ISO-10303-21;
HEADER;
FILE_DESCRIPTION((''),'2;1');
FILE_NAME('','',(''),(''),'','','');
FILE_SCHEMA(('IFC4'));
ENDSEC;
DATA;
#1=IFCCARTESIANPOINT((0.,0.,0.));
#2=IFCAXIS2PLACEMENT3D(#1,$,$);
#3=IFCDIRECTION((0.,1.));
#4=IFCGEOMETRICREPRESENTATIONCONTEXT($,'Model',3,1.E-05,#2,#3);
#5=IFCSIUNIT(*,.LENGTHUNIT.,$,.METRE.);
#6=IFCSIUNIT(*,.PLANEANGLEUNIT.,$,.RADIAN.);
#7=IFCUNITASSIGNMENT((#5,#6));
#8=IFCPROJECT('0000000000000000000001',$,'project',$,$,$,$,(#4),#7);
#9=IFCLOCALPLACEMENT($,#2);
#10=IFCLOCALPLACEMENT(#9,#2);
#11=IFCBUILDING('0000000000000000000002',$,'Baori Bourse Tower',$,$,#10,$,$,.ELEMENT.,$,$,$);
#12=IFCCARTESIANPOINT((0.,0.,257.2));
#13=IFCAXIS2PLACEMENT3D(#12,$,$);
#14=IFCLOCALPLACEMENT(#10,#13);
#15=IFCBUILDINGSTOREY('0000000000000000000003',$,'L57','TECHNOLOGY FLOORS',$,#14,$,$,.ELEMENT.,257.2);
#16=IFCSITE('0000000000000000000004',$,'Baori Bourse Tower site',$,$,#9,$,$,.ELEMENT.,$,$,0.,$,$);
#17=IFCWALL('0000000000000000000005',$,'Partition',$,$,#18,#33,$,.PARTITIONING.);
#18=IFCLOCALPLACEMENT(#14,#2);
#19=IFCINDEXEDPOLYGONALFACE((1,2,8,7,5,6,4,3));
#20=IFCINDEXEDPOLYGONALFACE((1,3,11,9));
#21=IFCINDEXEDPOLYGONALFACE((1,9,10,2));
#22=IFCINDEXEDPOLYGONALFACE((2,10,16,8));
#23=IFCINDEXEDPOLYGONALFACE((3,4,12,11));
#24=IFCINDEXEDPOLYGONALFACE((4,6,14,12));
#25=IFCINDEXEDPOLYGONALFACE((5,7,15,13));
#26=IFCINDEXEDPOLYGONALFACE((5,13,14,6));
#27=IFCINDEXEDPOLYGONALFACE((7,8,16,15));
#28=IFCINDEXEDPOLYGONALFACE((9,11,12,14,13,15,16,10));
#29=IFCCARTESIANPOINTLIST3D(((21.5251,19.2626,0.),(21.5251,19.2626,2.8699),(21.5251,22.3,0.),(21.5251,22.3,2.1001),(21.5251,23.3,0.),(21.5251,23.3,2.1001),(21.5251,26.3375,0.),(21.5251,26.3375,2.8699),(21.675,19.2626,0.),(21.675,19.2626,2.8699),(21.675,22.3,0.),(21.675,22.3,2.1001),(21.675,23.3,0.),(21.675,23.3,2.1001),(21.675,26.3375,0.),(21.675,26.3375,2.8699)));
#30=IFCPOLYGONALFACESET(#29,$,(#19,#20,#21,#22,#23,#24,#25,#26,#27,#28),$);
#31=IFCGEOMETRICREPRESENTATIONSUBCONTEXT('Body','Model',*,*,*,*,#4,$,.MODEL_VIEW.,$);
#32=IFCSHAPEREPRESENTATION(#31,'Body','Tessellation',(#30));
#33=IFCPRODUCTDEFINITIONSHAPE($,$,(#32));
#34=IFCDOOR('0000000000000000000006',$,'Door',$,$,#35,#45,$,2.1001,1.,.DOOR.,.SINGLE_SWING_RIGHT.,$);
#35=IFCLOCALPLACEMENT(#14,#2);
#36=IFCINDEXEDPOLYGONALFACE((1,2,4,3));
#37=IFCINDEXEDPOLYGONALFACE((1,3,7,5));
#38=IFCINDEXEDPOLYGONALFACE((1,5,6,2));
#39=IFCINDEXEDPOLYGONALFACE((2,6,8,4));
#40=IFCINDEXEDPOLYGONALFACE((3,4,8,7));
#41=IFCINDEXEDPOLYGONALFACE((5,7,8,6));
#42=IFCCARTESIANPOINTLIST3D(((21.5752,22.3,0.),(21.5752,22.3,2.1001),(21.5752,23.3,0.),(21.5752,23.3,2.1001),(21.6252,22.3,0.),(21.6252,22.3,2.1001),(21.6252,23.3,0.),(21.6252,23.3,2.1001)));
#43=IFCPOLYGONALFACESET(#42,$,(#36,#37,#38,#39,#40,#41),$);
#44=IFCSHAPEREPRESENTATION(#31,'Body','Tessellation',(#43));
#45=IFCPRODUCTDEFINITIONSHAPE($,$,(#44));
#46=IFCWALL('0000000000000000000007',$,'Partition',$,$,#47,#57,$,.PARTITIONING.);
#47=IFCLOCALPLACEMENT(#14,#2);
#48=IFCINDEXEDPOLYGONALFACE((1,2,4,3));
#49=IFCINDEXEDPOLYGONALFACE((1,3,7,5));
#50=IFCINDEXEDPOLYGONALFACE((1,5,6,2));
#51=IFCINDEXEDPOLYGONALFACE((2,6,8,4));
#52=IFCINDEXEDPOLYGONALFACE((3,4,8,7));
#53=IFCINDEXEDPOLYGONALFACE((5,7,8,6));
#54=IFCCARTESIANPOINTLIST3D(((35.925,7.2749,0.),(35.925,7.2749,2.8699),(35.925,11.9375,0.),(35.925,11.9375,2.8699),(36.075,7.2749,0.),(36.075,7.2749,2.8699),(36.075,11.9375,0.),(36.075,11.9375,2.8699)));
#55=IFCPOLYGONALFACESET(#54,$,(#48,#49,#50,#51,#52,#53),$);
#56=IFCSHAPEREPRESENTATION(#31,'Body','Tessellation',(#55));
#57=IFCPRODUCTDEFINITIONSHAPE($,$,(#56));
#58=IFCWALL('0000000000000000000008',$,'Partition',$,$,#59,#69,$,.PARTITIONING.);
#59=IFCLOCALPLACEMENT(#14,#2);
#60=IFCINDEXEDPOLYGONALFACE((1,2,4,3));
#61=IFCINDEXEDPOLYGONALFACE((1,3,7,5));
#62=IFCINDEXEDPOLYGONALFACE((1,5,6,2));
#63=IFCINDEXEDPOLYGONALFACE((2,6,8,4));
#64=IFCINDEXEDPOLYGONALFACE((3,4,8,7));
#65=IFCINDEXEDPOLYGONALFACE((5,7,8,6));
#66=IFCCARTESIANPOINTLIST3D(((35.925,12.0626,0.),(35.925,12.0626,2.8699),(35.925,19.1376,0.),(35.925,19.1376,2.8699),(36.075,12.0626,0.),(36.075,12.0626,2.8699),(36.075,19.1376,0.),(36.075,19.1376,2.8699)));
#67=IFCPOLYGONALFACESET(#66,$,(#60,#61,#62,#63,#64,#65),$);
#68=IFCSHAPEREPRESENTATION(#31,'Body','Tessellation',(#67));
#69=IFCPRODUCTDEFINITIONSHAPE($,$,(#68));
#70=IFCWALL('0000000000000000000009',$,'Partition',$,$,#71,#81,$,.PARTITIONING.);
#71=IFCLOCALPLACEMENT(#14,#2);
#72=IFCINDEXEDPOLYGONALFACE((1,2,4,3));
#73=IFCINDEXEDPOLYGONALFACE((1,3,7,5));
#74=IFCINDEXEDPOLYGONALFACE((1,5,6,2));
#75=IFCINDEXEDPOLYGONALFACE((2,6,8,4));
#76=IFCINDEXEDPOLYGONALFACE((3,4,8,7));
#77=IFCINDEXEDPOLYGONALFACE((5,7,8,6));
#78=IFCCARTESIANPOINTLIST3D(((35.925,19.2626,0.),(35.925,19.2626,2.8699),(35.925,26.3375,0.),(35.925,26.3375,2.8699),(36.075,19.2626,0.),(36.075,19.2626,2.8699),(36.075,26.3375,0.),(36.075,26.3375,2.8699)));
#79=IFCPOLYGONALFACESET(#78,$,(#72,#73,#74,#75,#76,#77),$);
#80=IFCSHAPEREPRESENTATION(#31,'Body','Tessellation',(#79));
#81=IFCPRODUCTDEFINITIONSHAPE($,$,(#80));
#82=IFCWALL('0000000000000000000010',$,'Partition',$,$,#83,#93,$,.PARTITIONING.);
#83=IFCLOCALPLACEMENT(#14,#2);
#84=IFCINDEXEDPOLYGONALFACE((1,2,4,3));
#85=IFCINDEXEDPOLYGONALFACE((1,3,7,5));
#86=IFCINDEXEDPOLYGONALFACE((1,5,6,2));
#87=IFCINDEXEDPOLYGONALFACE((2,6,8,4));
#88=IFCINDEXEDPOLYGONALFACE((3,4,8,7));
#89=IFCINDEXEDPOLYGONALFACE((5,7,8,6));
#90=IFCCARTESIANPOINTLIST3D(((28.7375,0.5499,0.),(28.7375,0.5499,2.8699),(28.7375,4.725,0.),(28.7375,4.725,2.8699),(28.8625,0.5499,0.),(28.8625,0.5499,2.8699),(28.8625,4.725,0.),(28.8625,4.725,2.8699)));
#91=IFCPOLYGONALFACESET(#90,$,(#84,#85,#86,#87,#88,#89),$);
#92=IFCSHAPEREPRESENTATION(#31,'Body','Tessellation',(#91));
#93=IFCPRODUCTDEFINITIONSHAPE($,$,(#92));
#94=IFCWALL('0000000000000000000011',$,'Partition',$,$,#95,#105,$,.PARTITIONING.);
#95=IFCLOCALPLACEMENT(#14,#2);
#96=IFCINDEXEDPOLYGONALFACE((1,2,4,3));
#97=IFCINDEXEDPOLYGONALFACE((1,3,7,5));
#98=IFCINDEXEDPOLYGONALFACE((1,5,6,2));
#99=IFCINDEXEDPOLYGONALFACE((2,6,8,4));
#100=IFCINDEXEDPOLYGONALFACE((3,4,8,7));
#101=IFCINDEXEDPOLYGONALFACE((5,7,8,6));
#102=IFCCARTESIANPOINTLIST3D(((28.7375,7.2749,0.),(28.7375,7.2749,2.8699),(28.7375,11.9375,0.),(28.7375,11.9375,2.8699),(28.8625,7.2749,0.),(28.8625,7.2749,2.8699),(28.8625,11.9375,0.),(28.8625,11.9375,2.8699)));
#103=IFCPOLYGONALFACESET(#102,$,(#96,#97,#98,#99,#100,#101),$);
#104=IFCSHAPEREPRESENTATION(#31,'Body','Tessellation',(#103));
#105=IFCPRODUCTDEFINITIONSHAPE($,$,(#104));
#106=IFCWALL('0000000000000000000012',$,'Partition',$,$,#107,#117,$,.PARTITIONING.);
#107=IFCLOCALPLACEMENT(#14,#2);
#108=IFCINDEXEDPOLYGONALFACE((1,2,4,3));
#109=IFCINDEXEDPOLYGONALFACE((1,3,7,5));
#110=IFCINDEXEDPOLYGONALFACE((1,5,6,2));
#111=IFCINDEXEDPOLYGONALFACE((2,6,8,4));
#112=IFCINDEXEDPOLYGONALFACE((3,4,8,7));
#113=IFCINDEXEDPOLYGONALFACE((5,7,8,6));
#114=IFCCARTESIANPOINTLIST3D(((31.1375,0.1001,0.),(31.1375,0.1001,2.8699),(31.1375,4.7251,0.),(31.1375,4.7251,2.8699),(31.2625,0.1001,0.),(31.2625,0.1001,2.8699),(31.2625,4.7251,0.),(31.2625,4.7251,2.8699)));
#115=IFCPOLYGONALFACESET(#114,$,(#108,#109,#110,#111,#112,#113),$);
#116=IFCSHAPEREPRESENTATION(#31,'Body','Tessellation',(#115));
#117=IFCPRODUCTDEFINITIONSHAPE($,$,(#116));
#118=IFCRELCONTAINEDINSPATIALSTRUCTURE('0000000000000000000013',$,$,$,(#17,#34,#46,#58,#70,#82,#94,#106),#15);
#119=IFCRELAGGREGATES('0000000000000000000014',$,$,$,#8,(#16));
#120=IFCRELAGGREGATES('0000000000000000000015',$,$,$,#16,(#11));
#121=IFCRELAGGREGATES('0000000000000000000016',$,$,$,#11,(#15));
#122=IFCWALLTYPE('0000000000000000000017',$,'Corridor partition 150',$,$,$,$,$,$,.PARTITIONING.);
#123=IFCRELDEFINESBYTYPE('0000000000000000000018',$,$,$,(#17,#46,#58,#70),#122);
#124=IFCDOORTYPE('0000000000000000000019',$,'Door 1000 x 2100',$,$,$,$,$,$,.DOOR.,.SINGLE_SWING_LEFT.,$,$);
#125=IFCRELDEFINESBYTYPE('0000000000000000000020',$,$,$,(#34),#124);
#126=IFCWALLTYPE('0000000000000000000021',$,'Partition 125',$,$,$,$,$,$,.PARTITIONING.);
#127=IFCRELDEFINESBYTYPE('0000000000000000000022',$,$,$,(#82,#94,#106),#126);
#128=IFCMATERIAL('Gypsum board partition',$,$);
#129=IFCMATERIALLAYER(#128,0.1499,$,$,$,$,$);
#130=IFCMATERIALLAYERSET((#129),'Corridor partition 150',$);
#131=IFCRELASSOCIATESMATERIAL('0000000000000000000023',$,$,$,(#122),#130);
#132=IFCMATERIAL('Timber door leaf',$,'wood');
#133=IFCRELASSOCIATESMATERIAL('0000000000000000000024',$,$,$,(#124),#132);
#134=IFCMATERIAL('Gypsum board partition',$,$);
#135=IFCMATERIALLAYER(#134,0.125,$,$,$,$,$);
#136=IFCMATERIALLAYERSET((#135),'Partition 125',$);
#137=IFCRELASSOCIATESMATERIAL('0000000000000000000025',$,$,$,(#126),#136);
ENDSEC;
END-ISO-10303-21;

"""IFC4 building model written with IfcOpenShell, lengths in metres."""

from ifc_helpers import new_model, si_unit, direction, frame, frame_2d, origin, place, context, subcontext, project, spatial, rectangle, extrude, material, layer, layer_set, type_object, element, fill, save


model = new_model("IFC4")

# Units and contexts
model_context = context("Model", 3, precision=1e-05, world=origin(), true_north=direction((0.0, 1.0)))
body_context = subcontext(model_context, "Body", "Model", "MODEL_VIEW")
ifc_project = project(units=[si_unit("LENGTHUNIT", "METRE"), si_unit("PLANEANGLEUNIT", "RADIAN")], contexts=[model_context])

# Site, building, storey
site_placement = place(None, origin())
site = spatial("IfcSite", under=ifc_project, at=site_placement, Name="Baori Bourse Tower site", CompositionType="ELEMENT", RefElevation=0.0)
building_placement = place(site_placement, origin())
building = spatial("IfcBuilding", under=site, at=building_placement, Name="Baori Bourse Tower", CompositionType="ELEMENT")
storey_placement = place(building_placement, frame((0.0, 0.0, 257.2)))
storey = spatial("IfcBuildingStorey", under=building, at=storey_placement, Name="L57", Description="TECHNOLOGY FLOORS", CompositionType="ELEMENT", Elevation=257.2)

# Shared definitions
ifc_material_1 = material(Name="Gypsum board partition")
ifc_layer_1 = layer(ifc_material_1, 0.1499)
ifc_layer_set_1 = layer_set([ifc_layer_1], Name="Corridor partition 150")
wall_type_1 = type_object("IfcWallType", Name="Corridor partition 150", PredefinedType="PARTITIONING", material=ifc_layer_set_1)

# Wall, opening, door
ifc_material_2 = material(Name="Timber door leaf", Category="wood")
door_type = type_object("IfcDoorType", Name="Door 1000 x 2100", OperationType="SINGLE_SWING_LEFT", PredefinedType="DOOR", material=ifc_material_2)
wall_1_placement = place(storey_placement, frame((21.6001, 19.2625, 0.0), z_axis=(0.0, 0.0, 1.0), x_axis=(0.0, 1.0, 0.0)))
wall_1 = element("IfcWall", 1, at=wall_1_placement, inside=storey, type_object=wall_type_1, Name="Partition", PredefinedType="PARTITIONING", context=body_context, shape_type="SweptSolid", body=[
    extrude(rectangle(XDim=7.075, YDim=0.1499, at=frame_2d((3.5376, 0.0))), origin(), (0.0, 0.0, 1.0), 2.8699),
])
opening_1_placement = place(wall_1_placement, frame((3.0376, 0.0, 0.0)))
opening_1 = element("IfcOpeningElement", 2, at=opening_1_placement, cuts=wall_1, PredefinedType="OPENING", context=body_context, shape_type="SweptSolid", body=[
    extrude(rectangle(XDim=1.0, YDim=2.1001, at=frame_2d((0.5, 1.05))), frame((0.0, 0.085, 0.0), z_axis=(0.0, -1.0, 0.0), x_axis=(1.0, 0.0, 0.0)), (0.0, 0.0, 1.0), 0.1699),
])
door_1_placement = place(opening_1_placement, origin())
door_1 = element("IfcDoor", 3, at=door_1_placement, inside=storey, type_object=door_type, Name="Door", OperationType="SINGLE_SWING_RIGHT", OverallHeight=2.1001, OverallWidth=1.0, PredefinedType="DOOR", context=body_context, shape_type="SweptSolid", body=[
    extrude(rectangle(XDim=1.0, YDim=2.1001, at=frame_2d((0.5, 1.05))), frame((0.0, 0.0249, 0.0), z_axis=(0.0, -1.0, 0.0), x_axis=(1.0, 0.0, 0.0)), (0.0, 0.0, 1.0), 0.05),
])
fill(opening_1, door_1)

# Walls
wall_2_placement = place(storey_placement, frame((36.0, 7.2749, 0.0), z_axis=(0.0, 0.0, 1.0), x_axis=(0.0, 1.0, 0.0)))
element("IfcWall", 4, at=wall_2_placement, inside=storey, type_object=wall_type_1, Name="Partition", PredefinedType="PARTITIONING", context=body_context, shape_type="SweptSolid", body=[
    extrude(rectangle(XDim=4.6626, YDim=0.1499, at=frame_2d((2.3313, 0.0))), origin(), (0.0, 0.0, 1.0), 2.8699),
])
for number, where, z_axis, x_axis, name in (
    (5, (36.0, 12.0625, 0.0), (0.0, 0.0, 1.0), (0.0, 1.0, 0.0), "Partition"),
    (6, (36.0, 19.2625, 0.0), (0.0, 0.0, 1.0), (0.0, 1.0, 0.0), "Partition"),
):
    element("IfcWall", number, at=place(storey_placement, frame(where, z_axis=z_axis, x_axis=x_axis)), inside=storey, type_object=wall_type_1, Name=name, PredefinedType="PARTITIONING", context=body_context, shape_type="SweptSolid", body=[
        extrude(rectangle(XDim=7.075, YDim=0.1499, at=frame_2d((3.5376, 0.0))), origin(), (0.0, 0.0, 1.0), 2.8699),
    ])
ifc_material_3 = material(Name="Gypsum board partition")
ifc_layer_2 = layer(ifc_material_3, 0.125)
ifc_layer_set_2 = layer_set([ifc_layer_2], Name="Partition 125")
wall_type_2 = type_object("IfcWallType", Name="Partition 125", PredefinedType="PARTITIONING", material=ifc_layer_set_2)
wall_3_placement = place(storey_placement, frame((28.8, 0.55, 0.0), z_axis=(0.0, 0.0, 1.0), x_axis=(0.0, 1.0, 0.0)))
element("IfcWall", 7, at=wall_3_placement, inside=storey, type_object=wall_type_2, Name="Partition", PredefinedType="PARTITIONING", context=body_context, shape_type="SweptSolid", body=[
    extrude(rectangle(XDim=4.175, YDim=0.125, at=frame_2d((2.0874, 0.0))), origin(), (0.0, 0.0, 1.0), 2.8699),
])
wall_4_placement = place(storey_placement, frame((28.8, 7.2749, 0.0), z_axis=(0.0, 0.0, 1.0), x_axis=(0.0, 1.0, 0.0)))
element("IfcWall", 8, at=wall_4_placement, inside=storey, type_object=wall_type_2, Name="Partition", PredefinedType="PARTITIONING", context=body_context, shape_type="SweptSolid", body=[
    extrude(rectangle(XDim=4.6626, YDim=0.125, at=frame_2d((2.3313, 0.0))), origin(), (0.0, 0.0, 1.0), 2.8699),
])
wall_5_placement = place(storey_placement, frame((31.2, 0.1001, 0.0), z_axis=(0.0, 0.0, 1.0), x_axis=(0.0, 1.0, 0.0)))
element("IfcWall", 9, at=wall_5_placement, inside=storey, type_object=wall_type_2, Name="Partition", PredefinedType="PARTITIONING", context=body_context, shape_type="SweptSolid", body=[
    extrude(rectangle(XDim=4.625, YDim=0.125, at=frame_2d((2.3125, 0.0))), origin(), (0.0, 0.0, 1.0), 2.8699),
])

save(model, "model.ifc")
